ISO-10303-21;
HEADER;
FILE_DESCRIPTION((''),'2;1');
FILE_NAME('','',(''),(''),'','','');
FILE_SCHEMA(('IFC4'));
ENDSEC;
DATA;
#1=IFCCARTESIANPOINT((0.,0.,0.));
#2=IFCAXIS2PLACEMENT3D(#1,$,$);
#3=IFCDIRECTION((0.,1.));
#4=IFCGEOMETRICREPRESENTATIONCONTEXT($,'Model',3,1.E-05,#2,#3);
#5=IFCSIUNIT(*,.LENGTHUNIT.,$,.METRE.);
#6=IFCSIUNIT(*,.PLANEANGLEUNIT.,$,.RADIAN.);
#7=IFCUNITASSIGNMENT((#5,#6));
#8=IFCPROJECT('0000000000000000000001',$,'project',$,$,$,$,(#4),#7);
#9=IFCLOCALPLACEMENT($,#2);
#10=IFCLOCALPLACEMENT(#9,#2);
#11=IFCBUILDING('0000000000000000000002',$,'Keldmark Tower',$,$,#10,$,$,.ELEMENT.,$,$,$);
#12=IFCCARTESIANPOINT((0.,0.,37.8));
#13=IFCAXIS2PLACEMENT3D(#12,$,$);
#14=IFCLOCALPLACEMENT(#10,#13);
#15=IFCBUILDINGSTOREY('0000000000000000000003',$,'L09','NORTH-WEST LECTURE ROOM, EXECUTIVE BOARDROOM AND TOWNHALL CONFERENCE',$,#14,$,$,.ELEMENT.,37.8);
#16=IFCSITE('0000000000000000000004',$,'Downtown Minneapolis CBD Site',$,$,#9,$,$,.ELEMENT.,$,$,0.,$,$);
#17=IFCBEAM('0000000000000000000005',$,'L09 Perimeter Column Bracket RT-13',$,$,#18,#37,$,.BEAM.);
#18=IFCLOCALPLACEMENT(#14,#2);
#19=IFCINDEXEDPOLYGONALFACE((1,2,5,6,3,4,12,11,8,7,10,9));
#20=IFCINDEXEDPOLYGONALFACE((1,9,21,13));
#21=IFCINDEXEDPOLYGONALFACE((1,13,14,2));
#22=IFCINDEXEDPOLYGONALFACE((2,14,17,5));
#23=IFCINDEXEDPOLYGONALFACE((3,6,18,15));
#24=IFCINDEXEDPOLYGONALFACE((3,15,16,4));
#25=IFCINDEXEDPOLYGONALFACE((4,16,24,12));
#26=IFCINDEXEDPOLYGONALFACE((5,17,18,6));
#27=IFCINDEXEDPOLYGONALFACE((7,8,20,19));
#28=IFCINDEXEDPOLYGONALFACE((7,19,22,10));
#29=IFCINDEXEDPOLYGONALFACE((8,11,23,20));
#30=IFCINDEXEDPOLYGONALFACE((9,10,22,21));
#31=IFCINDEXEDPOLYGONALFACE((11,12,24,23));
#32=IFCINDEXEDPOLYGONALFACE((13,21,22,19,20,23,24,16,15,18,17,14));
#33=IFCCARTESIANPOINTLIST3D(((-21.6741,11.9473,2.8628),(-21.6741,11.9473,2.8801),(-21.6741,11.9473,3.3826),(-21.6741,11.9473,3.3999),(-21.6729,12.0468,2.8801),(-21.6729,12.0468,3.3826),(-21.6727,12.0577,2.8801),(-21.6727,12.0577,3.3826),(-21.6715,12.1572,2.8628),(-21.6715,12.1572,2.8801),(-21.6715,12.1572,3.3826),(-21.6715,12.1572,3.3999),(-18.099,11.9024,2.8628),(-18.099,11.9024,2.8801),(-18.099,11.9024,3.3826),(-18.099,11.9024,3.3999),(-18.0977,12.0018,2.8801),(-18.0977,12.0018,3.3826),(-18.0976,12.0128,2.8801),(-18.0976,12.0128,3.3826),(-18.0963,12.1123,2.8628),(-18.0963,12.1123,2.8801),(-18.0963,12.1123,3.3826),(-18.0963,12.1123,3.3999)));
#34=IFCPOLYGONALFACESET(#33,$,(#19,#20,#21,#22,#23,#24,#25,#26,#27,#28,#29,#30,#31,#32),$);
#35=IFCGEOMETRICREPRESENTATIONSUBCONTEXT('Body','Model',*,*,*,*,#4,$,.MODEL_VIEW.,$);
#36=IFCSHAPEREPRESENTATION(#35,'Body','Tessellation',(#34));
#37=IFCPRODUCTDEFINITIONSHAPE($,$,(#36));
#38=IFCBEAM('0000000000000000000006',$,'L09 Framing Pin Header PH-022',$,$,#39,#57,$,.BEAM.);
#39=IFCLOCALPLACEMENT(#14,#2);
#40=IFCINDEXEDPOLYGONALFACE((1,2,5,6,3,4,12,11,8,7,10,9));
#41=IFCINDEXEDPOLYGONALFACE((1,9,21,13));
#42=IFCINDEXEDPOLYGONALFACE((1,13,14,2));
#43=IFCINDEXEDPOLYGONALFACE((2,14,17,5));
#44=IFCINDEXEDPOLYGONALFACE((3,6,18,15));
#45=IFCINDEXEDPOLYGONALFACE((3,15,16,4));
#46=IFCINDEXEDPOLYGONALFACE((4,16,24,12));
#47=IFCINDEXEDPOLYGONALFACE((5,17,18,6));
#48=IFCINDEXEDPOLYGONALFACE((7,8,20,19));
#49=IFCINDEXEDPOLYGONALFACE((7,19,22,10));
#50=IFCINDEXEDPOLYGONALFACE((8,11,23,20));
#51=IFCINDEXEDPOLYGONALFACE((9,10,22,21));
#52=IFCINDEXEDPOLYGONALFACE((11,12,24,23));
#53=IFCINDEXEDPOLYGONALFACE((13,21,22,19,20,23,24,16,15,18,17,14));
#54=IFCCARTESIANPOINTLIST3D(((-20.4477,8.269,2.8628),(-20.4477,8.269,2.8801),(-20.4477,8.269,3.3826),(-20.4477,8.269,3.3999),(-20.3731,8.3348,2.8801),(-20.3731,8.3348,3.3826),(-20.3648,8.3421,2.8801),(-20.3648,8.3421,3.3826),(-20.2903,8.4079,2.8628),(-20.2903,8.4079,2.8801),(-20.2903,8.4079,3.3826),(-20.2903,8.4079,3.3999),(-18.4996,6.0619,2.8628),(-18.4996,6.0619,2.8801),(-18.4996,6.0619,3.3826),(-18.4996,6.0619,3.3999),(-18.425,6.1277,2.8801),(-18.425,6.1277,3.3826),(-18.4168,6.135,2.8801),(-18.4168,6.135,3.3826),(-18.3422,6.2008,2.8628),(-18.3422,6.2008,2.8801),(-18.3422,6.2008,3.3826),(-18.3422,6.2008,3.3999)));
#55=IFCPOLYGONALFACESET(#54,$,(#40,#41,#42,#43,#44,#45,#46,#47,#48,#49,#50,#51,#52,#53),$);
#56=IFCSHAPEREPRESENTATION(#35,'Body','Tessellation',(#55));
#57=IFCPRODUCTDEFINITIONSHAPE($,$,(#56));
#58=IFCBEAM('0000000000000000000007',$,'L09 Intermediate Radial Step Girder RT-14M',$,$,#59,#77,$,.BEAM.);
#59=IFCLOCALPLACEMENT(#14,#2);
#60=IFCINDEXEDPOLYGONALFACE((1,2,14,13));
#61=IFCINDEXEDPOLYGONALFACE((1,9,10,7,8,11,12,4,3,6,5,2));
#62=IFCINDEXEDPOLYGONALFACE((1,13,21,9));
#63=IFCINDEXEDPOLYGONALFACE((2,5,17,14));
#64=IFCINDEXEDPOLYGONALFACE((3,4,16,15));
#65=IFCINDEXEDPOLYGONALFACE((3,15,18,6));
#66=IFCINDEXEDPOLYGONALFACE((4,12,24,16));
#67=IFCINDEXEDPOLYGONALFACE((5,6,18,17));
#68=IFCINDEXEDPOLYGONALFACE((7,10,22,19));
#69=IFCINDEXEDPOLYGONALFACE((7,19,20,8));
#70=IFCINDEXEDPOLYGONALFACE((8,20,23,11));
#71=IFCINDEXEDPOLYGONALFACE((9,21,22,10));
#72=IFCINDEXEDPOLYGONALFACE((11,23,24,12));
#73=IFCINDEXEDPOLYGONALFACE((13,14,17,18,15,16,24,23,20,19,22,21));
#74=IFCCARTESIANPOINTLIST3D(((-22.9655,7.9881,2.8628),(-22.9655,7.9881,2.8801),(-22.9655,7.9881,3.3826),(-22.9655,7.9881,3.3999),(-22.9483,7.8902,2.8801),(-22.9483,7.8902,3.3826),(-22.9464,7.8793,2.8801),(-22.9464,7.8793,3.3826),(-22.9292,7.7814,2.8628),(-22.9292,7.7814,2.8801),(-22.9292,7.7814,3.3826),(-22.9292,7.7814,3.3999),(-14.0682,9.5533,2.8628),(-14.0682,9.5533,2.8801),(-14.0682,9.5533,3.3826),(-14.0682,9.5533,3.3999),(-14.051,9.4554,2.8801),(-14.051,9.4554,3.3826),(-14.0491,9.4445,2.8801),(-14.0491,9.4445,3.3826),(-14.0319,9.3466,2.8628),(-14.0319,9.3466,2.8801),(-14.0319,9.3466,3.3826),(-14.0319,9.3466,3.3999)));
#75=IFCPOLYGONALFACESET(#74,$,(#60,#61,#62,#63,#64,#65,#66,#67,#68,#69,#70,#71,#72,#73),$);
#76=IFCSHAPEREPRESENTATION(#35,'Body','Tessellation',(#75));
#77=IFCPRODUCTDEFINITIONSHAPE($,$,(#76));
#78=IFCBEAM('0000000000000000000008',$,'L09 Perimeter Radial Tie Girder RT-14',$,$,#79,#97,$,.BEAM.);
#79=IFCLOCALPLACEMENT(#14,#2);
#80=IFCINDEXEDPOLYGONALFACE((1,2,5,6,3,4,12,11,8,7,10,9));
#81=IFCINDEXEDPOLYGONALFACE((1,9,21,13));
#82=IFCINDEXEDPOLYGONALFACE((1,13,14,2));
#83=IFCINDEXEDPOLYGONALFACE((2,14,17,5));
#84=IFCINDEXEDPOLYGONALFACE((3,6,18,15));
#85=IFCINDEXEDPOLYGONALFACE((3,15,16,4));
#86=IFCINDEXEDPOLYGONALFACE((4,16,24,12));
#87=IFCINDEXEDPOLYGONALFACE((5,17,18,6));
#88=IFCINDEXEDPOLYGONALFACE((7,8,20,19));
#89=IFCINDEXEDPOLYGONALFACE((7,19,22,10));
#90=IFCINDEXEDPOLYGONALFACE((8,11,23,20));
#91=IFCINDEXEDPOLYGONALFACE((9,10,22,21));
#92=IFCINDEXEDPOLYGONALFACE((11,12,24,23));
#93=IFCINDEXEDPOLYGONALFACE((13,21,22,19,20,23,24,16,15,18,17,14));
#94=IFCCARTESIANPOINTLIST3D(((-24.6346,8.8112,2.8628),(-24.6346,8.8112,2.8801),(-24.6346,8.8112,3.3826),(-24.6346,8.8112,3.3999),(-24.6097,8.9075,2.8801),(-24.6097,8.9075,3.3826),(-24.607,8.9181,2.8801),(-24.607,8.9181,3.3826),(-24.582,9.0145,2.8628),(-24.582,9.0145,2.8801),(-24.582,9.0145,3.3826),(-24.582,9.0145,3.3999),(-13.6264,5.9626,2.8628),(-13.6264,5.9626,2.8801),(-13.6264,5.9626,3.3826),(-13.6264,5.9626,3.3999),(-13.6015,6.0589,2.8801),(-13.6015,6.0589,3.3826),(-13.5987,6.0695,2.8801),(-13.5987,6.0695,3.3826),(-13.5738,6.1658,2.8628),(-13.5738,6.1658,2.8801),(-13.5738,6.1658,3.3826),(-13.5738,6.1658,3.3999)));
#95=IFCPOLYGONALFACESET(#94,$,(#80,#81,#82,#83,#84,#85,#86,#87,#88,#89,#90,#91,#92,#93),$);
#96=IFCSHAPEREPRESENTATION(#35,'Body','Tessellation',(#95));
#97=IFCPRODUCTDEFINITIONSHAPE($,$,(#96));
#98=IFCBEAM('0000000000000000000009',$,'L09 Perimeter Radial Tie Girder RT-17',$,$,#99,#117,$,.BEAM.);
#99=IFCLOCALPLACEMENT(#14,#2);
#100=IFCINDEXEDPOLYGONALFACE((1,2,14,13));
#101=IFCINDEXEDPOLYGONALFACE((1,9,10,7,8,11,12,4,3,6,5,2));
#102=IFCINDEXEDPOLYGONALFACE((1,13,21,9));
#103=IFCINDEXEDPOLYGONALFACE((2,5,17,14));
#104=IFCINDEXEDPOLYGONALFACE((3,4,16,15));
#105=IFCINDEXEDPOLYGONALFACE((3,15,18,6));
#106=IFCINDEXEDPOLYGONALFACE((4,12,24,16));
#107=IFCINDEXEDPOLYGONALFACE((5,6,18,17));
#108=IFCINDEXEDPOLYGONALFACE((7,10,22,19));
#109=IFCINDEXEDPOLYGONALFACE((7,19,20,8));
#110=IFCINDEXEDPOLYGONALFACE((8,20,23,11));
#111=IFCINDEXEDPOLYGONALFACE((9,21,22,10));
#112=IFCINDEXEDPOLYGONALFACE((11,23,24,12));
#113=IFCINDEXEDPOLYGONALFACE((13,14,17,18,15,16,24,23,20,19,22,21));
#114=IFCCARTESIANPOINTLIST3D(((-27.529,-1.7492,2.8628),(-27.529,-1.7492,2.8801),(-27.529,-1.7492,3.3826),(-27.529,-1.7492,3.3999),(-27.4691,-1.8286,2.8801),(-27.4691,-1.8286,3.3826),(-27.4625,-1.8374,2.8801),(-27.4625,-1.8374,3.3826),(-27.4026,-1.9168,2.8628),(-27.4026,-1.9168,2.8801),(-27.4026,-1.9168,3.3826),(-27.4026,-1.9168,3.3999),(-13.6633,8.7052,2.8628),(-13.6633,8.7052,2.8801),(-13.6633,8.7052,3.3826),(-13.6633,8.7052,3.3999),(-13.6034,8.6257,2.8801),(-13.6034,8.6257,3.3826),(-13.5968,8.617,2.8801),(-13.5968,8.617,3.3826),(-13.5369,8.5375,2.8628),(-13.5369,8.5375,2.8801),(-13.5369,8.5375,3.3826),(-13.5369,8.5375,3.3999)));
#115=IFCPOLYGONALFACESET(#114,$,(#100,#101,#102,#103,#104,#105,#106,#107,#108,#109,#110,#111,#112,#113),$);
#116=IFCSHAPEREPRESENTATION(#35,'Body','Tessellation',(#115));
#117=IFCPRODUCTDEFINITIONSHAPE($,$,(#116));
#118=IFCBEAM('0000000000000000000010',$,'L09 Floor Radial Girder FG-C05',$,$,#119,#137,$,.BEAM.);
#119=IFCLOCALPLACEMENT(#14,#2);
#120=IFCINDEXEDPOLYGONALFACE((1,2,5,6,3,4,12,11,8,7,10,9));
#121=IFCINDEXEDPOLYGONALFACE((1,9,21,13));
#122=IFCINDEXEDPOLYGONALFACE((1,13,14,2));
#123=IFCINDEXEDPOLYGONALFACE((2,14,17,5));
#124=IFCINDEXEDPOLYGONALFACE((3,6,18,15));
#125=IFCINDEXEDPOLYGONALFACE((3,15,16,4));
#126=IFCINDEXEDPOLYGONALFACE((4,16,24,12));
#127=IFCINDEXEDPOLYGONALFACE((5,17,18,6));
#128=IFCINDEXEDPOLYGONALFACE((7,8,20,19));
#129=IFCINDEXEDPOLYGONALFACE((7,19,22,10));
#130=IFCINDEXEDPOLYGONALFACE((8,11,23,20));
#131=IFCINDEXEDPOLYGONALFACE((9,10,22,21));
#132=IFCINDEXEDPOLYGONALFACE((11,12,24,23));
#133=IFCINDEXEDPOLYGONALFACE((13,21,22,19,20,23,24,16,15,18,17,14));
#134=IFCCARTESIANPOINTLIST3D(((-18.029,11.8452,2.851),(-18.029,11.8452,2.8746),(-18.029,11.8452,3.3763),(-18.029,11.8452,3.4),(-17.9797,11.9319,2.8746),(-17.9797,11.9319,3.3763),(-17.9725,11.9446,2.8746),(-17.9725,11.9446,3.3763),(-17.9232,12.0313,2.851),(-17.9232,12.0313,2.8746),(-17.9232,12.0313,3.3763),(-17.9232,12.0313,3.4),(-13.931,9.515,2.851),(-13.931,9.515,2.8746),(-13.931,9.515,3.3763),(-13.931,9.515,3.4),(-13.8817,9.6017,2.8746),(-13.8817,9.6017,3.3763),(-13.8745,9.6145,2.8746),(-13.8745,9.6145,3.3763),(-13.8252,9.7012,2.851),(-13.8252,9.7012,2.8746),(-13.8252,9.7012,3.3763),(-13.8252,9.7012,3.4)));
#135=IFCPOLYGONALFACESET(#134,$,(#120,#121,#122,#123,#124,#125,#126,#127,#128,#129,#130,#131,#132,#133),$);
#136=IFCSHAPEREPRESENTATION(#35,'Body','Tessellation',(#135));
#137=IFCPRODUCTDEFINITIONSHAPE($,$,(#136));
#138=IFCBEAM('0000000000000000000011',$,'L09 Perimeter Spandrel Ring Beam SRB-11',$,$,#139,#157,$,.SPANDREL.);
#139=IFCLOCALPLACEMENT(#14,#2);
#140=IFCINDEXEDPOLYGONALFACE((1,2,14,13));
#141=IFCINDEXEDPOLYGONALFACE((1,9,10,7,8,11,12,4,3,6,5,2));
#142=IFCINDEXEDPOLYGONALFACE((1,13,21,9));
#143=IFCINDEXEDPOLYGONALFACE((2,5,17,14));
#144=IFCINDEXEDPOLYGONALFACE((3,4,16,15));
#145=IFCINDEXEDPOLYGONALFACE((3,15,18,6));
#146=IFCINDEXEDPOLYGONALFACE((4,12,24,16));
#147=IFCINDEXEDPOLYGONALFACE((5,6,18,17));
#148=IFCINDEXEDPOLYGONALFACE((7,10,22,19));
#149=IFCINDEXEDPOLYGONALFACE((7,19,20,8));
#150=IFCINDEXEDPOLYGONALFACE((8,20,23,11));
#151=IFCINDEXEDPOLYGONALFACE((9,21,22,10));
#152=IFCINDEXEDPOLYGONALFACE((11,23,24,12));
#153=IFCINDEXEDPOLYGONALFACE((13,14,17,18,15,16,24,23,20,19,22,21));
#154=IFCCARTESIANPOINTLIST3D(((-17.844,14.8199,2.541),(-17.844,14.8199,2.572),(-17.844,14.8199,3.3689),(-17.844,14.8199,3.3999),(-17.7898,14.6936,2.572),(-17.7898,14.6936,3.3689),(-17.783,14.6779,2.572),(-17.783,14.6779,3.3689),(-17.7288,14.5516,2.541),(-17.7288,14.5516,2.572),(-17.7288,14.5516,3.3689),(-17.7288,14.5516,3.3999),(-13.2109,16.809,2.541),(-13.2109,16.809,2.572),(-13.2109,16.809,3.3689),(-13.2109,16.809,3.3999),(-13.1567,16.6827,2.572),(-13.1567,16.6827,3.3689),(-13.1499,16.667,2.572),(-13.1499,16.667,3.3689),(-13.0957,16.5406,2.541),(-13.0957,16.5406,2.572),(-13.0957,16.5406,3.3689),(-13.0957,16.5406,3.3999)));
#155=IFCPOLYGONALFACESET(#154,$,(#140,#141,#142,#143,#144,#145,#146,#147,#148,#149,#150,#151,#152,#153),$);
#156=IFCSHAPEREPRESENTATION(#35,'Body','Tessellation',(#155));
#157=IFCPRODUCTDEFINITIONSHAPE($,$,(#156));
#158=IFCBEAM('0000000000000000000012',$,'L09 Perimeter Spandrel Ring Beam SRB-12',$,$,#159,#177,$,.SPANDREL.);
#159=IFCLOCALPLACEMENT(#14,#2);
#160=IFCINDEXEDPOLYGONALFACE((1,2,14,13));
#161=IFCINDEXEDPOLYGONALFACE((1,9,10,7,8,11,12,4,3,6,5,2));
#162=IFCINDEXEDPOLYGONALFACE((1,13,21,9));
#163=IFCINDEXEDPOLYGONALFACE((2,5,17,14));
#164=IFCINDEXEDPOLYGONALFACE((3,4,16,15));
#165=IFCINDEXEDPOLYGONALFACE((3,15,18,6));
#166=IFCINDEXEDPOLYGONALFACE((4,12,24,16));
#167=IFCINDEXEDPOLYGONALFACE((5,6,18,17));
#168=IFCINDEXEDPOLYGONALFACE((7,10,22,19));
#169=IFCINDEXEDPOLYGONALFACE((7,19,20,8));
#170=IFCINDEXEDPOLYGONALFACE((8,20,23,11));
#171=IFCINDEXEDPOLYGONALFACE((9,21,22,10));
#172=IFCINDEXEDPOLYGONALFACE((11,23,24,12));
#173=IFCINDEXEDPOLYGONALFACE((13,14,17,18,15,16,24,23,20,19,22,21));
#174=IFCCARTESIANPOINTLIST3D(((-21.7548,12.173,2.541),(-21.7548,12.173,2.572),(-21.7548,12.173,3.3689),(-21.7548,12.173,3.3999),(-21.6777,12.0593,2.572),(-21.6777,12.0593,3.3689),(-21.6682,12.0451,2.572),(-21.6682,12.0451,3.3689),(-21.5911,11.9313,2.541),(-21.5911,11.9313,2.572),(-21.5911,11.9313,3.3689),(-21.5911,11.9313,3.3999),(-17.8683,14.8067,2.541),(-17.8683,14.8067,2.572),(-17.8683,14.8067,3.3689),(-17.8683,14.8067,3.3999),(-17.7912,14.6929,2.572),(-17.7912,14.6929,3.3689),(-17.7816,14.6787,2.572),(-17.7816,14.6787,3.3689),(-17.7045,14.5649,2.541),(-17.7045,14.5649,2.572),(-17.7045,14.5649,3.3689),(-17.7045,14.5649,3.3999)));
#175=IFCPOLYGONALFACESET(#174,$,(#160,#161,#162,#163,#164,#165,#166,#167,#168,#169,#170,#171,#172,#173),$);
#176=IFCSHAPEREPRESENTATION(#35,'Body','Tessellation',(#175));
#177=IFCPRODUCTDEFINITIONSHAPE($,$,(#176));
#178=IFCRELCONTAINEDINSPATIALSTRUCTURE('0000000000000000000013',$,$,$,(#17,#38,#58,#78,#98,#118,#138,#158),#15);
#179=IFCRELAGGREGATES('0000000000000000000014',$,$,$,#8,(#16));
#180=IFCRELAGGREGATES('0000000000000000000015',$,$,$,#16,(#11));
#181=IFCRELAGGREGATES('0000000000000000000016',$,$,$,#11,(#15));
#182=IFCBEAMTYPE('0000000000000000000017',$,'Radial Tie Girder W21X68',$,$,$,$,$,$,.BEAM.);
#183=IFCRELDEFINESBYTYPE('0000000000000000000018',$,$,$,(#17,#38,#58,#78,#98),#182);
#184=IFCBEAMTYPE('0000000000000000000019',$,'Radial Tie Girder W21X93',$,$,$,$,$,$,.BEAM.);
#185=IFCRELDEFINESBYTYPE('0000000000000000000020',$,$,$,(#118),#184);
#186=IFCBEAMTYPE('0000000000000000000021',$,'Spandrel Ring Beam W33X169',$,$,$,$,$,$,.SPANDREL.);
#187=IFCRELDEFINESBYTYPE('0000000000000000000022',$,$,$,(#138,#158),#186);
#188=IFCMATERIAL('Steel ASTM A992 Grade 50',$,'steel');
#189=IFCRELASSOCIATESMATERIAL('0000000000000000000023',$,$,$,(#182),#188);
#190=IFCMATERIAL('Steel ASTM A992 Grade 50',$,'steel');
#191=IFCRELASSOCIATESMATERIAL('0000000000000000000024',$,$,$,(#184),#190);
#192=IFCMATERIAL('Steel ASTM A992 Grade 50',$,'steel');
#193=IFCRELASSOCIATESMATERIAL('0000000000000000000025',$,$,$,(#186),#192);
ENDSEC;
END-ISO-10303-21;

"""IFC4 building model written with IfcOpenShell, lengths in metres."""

from ifc_helpers import new_model, si_unit, direction, frame, origin, origin_2d, place, context, subcontext, project, spatial, i_section, extrude, material, material_profile, profile_set, type_object, element, save


model = new_model("IFC4")

# Units and contexts
model_context = context("Model", 3, precision=1e-05, world=origin(), true_north=direction((0.0, 1.0)))
body_context = subcontext(model_context, "Body", "Model", "MODEL_VIEW")
ifc_project = project(units=[si_unit("LENGTHUNIT", "METRE"), si_unit("PLANEANGLEUNIT", "RADIAN")], contexts=[model_context])

# Site, building, storey
site_placement = place(None, origin())
site = spatial("IfcSite", under=ifc_project, at=site_placement, Name="Downtown Minneapolis CBD Site", CompositionType="ELEMENT", RefElevation=0.0)
building_placement = place(site_placement, origin())
building = spatial("IfcBuilding", under=site, at=building_placement, Name="Keldmark Tower", CompositionType="ELEMENT")
storey_placement = place(building_placement, frame((0.0, 0.0, 37.8)))
storey = spatial("IfcBuildingStorey", under=building, at=storey_placement, Name="L09", Description="NORTH-WEST LECTURE ROOM, EXECUTIVE BOARDROOM AND TOWNHALL CONFERENCE", CompositionType="ELEMENT", Elevation=37.8)

# Beams
ifc_material_1 = material(Name="Steel ASTM A992 Grade 50", Category="steel")
ifc_material_profile_1 = material_profile(ifc_material_1, i_section(OverallWidth=0.21, OverallDepth=0.5371, WebThickness=0.011, FlangeThickness=0.0173, at=origin_2d()), Name="W21X68")
ifc_profile_set_1 = profile_set([ifc_material_profile_1], Name="Steel ASTM A992 Grade 50")
beam_type_1 = type_object("IfcBeamType", Name="Radial Tie Girder W21X68", PredefinedType="BEAM", material=ifc_profile_set_1)
beam_1_placement = place(storey_placement, frame((-18.0977, 12.0073, 3.1313), z_axis=(-0.999921, 0.012564, 0.0), x_axis=(-0.012564, -0.999921, 0.0)))
element("IfcBeam", 1, at=beam_1_placement, inside=storey, type_object=beam_type_1, Name="L09 Perimeter Column Bracket RT-13", PredefinedType="BEAM", context=body_context, shape_type="SweptSolid", body=[
    extrude(i_section(OverallWidth=0.21, OverallDepth=0.5371, WebThickness=0.011, FlangeThickness=0.0173, at=origin_2d()), origin(), (0.0, 0.0, 1.0), 3.5754),
])
beam_2_placement = place(storey_placement, frame((-18.4209, 6.1313, 3.1313), z_axis=(-0.66174, 0.749734, 0.0), x_axis=(-0.749734, -0.66174, 0.0)))
element("IfcBeam", 2, at=beam_2_placement, inside=storey, type_object=beam_type_1, Name="L09 Framing Pin Header PH-022", PredefinedType="BEAM", context=body_context, shape_type="SweptSolid", body=[
    extrude(i_section(OverallWidth=0.21, OverallDepth=0.5371, WebThickness=0.011, FlangeThickness=0.0173, at=origin_2d()), origin(), (0.0, 0.0, 1.0), 2.9438),
])
beam_3_placement = place(storey_placement, frame((-14.05, 9.45, 3.1313), z_axis=(-0.984876, -0.173258, 0.0), x_axis=(0.173258, -0.984876, 0.0)))
element("IfcBeam", 3, at=beam_3_placement, inside=storey, type_object=beam_type_1, Name="L09 Intermediate Radial Step Girder RT-14M", PredefinedType="BEAM", context=body_context, shape_type="SweptSolid", body=[
    extrude(i_section(OverallWidth=0.21, OverallDepth=0.5371, WebThickness=0.011, FlangeThickness=0.0173, at=origin_2d()), origin(), (0.0, 0.0, 1.0), 9.0339),
])
beam_4_placement = place(storey_placement, frame((-13.6001, 6.0642, 3.1313), z_axis=(-0.968112, 0.25052, 0.0), x_axis=(-0.25052, -0.968112, 0.0)))
element("IfcBeam", 4, at=beam_4_placement, inside=storey, type_object=beam_type_1, Name="L09 Perimeter Radial Tie Girder RT-14", PredefinedType="BEAM", context=body_context, shape_type="SweptSolid", body=[
    extrude(i_section(OverallWidth=0.21, OverallDepth=0.5371, WebThickness=0.011, FlangeThickness=0.0173, at=origin_2d()), origin(), (0.0, 0.0, 1.0), 11.3708),
])
beam_5_placement = place(storey_placement, frame((-13.6001, 8.6213, 3.1313), z_axis=(-0.798476, -0.602027, 0.0), x_axis=(0.602027, -0.798476, 0.0)))
element("IfcBeam", 5, at=beam_5_placement, inside=storey, type_object=beam_type_1, Name="L09 Perimeter Radial Tie Girder RT-17", PredefinedType="BEAM", context=body_context, shape_type="SweptSolid", body=[
    extrude(i_section(OverallWidth=0.21, OverallDepth=0.5371, WebThickness=0.011, FlangeThickness=0.0173, at=origin_2d()), origin(), (0.0, 0.0, 1.0), 17.3652),
])
ifc_material_2 = material(Name="Steel ASTM A992 Grade 50", Category="steel")
ifc_material_profile_2 = material_profile(ifc_material_2, i_section(OverallWidth=0.2141, OverallDepth=0.5491, WebThickness=0.0146, FlangeThickness=0.0237, at=origin_2d()), Name="W21X93")
ifc_profile_set_2 = profile_set([ifc_material_profile_2], Name="Steel ASTM A992 Grade 50")
beam_type_2 = type_object("IfcBeamType", Name="Radial Tie Girder W21X93", PredefinedType="BEAM", material=ifc_profile_set_2)
beam_6_placement = place(storey_placement, frame((-17.9761, 11.9382, 3.1255), z_axis=(0.869299, -0.494286, 0.0), x_axis=(0.494286, 0.869299, 0.0)))
element("IfcBeam", 6, at=beam_6_placement, inside=storey, type_object=beam_type_2, Name="L09 Floor Radial Girder FG-C05", PredefinedType="BEAM", context=body_context, shape_type="SweptSolid", body=[
    extrude(i_section(OverallWidth=0.2141, OverallDepth=0.5491, WebThickness=0.0146, FlangeThickness=0.0237, at=origin_2d()), origin(), (0.0, 0.0, 1.0), 4.7141),
])
ifc_material_3 = material(Name="Steel ASTM A992 Grade 50", Category="steel")
ifc_material_profile_3 = material_profile(ifc_material_3, i_section(OverallWidth=0.292, OverallDepth=0.8589, WebThickness=0.0171, FlangeThickness=0.031, at=origin_2d()), Name="W33X169")
ifc_profile_set_3 = profile_set([ifc_material_profile_3], Name="Steel ASTM A992 Grade 50")
beam_type_3 = type_object("IfcBeamType", Name="Spandrel Ring Beam W33X169", PredefinedType="SPANDREL", material=ifc_profile_set_3)
beam_7_placement = place(storey_placement, frame((-13.1533, 16.6748, 2.9705), z_axis=(-0.918899, -0.394492, 0.0), x_axis=(0.394492, -0.918899, 0.0)))
element("IfcBeam", 7, at=beam_7_placement, inside=storey, type_object=beam_type_3, Name="L09 Perimeter Spandrel Ring Beam SRB-11", PredefinedType="SPANDREL", context=body_context, shape_type="SweptSolid", body=[
    extrude(i_section(OverallWidth=0.292, OverallDepth=0.8589, WebThickness=0.0171, FlangeThickness=0.031, at=origin_2d()), origin(), (0.0, 0.0, 1.0), 5.042),
])
beam_8_placement = place(storey_placement, frame((-17.7864, 14.6858, 2.9705), z_axis=(-0.827842, -0.560961, 0.0), x_axis=(0.560961, -0.827842, 0.0)))
element("IfcBeam", 8, at=beam_8_placement, inside=storey, type_object=beam_type_3, Name="L09 Perimeter Spandrel Ring Beam SRB-12", PredefinedType="SPANDREL", context=body_context, shape_type="SweptSolid", body=[
    extrude(i_section(OverallWidth=0.292, OverallDepth=0.8589, WebThickness=0.0171, FlangeThickness=0.031, at=origin_2d()), origin(), (0.0, 0.0, 1.0), 4.6948),
])

save(model, "model.ifc")
